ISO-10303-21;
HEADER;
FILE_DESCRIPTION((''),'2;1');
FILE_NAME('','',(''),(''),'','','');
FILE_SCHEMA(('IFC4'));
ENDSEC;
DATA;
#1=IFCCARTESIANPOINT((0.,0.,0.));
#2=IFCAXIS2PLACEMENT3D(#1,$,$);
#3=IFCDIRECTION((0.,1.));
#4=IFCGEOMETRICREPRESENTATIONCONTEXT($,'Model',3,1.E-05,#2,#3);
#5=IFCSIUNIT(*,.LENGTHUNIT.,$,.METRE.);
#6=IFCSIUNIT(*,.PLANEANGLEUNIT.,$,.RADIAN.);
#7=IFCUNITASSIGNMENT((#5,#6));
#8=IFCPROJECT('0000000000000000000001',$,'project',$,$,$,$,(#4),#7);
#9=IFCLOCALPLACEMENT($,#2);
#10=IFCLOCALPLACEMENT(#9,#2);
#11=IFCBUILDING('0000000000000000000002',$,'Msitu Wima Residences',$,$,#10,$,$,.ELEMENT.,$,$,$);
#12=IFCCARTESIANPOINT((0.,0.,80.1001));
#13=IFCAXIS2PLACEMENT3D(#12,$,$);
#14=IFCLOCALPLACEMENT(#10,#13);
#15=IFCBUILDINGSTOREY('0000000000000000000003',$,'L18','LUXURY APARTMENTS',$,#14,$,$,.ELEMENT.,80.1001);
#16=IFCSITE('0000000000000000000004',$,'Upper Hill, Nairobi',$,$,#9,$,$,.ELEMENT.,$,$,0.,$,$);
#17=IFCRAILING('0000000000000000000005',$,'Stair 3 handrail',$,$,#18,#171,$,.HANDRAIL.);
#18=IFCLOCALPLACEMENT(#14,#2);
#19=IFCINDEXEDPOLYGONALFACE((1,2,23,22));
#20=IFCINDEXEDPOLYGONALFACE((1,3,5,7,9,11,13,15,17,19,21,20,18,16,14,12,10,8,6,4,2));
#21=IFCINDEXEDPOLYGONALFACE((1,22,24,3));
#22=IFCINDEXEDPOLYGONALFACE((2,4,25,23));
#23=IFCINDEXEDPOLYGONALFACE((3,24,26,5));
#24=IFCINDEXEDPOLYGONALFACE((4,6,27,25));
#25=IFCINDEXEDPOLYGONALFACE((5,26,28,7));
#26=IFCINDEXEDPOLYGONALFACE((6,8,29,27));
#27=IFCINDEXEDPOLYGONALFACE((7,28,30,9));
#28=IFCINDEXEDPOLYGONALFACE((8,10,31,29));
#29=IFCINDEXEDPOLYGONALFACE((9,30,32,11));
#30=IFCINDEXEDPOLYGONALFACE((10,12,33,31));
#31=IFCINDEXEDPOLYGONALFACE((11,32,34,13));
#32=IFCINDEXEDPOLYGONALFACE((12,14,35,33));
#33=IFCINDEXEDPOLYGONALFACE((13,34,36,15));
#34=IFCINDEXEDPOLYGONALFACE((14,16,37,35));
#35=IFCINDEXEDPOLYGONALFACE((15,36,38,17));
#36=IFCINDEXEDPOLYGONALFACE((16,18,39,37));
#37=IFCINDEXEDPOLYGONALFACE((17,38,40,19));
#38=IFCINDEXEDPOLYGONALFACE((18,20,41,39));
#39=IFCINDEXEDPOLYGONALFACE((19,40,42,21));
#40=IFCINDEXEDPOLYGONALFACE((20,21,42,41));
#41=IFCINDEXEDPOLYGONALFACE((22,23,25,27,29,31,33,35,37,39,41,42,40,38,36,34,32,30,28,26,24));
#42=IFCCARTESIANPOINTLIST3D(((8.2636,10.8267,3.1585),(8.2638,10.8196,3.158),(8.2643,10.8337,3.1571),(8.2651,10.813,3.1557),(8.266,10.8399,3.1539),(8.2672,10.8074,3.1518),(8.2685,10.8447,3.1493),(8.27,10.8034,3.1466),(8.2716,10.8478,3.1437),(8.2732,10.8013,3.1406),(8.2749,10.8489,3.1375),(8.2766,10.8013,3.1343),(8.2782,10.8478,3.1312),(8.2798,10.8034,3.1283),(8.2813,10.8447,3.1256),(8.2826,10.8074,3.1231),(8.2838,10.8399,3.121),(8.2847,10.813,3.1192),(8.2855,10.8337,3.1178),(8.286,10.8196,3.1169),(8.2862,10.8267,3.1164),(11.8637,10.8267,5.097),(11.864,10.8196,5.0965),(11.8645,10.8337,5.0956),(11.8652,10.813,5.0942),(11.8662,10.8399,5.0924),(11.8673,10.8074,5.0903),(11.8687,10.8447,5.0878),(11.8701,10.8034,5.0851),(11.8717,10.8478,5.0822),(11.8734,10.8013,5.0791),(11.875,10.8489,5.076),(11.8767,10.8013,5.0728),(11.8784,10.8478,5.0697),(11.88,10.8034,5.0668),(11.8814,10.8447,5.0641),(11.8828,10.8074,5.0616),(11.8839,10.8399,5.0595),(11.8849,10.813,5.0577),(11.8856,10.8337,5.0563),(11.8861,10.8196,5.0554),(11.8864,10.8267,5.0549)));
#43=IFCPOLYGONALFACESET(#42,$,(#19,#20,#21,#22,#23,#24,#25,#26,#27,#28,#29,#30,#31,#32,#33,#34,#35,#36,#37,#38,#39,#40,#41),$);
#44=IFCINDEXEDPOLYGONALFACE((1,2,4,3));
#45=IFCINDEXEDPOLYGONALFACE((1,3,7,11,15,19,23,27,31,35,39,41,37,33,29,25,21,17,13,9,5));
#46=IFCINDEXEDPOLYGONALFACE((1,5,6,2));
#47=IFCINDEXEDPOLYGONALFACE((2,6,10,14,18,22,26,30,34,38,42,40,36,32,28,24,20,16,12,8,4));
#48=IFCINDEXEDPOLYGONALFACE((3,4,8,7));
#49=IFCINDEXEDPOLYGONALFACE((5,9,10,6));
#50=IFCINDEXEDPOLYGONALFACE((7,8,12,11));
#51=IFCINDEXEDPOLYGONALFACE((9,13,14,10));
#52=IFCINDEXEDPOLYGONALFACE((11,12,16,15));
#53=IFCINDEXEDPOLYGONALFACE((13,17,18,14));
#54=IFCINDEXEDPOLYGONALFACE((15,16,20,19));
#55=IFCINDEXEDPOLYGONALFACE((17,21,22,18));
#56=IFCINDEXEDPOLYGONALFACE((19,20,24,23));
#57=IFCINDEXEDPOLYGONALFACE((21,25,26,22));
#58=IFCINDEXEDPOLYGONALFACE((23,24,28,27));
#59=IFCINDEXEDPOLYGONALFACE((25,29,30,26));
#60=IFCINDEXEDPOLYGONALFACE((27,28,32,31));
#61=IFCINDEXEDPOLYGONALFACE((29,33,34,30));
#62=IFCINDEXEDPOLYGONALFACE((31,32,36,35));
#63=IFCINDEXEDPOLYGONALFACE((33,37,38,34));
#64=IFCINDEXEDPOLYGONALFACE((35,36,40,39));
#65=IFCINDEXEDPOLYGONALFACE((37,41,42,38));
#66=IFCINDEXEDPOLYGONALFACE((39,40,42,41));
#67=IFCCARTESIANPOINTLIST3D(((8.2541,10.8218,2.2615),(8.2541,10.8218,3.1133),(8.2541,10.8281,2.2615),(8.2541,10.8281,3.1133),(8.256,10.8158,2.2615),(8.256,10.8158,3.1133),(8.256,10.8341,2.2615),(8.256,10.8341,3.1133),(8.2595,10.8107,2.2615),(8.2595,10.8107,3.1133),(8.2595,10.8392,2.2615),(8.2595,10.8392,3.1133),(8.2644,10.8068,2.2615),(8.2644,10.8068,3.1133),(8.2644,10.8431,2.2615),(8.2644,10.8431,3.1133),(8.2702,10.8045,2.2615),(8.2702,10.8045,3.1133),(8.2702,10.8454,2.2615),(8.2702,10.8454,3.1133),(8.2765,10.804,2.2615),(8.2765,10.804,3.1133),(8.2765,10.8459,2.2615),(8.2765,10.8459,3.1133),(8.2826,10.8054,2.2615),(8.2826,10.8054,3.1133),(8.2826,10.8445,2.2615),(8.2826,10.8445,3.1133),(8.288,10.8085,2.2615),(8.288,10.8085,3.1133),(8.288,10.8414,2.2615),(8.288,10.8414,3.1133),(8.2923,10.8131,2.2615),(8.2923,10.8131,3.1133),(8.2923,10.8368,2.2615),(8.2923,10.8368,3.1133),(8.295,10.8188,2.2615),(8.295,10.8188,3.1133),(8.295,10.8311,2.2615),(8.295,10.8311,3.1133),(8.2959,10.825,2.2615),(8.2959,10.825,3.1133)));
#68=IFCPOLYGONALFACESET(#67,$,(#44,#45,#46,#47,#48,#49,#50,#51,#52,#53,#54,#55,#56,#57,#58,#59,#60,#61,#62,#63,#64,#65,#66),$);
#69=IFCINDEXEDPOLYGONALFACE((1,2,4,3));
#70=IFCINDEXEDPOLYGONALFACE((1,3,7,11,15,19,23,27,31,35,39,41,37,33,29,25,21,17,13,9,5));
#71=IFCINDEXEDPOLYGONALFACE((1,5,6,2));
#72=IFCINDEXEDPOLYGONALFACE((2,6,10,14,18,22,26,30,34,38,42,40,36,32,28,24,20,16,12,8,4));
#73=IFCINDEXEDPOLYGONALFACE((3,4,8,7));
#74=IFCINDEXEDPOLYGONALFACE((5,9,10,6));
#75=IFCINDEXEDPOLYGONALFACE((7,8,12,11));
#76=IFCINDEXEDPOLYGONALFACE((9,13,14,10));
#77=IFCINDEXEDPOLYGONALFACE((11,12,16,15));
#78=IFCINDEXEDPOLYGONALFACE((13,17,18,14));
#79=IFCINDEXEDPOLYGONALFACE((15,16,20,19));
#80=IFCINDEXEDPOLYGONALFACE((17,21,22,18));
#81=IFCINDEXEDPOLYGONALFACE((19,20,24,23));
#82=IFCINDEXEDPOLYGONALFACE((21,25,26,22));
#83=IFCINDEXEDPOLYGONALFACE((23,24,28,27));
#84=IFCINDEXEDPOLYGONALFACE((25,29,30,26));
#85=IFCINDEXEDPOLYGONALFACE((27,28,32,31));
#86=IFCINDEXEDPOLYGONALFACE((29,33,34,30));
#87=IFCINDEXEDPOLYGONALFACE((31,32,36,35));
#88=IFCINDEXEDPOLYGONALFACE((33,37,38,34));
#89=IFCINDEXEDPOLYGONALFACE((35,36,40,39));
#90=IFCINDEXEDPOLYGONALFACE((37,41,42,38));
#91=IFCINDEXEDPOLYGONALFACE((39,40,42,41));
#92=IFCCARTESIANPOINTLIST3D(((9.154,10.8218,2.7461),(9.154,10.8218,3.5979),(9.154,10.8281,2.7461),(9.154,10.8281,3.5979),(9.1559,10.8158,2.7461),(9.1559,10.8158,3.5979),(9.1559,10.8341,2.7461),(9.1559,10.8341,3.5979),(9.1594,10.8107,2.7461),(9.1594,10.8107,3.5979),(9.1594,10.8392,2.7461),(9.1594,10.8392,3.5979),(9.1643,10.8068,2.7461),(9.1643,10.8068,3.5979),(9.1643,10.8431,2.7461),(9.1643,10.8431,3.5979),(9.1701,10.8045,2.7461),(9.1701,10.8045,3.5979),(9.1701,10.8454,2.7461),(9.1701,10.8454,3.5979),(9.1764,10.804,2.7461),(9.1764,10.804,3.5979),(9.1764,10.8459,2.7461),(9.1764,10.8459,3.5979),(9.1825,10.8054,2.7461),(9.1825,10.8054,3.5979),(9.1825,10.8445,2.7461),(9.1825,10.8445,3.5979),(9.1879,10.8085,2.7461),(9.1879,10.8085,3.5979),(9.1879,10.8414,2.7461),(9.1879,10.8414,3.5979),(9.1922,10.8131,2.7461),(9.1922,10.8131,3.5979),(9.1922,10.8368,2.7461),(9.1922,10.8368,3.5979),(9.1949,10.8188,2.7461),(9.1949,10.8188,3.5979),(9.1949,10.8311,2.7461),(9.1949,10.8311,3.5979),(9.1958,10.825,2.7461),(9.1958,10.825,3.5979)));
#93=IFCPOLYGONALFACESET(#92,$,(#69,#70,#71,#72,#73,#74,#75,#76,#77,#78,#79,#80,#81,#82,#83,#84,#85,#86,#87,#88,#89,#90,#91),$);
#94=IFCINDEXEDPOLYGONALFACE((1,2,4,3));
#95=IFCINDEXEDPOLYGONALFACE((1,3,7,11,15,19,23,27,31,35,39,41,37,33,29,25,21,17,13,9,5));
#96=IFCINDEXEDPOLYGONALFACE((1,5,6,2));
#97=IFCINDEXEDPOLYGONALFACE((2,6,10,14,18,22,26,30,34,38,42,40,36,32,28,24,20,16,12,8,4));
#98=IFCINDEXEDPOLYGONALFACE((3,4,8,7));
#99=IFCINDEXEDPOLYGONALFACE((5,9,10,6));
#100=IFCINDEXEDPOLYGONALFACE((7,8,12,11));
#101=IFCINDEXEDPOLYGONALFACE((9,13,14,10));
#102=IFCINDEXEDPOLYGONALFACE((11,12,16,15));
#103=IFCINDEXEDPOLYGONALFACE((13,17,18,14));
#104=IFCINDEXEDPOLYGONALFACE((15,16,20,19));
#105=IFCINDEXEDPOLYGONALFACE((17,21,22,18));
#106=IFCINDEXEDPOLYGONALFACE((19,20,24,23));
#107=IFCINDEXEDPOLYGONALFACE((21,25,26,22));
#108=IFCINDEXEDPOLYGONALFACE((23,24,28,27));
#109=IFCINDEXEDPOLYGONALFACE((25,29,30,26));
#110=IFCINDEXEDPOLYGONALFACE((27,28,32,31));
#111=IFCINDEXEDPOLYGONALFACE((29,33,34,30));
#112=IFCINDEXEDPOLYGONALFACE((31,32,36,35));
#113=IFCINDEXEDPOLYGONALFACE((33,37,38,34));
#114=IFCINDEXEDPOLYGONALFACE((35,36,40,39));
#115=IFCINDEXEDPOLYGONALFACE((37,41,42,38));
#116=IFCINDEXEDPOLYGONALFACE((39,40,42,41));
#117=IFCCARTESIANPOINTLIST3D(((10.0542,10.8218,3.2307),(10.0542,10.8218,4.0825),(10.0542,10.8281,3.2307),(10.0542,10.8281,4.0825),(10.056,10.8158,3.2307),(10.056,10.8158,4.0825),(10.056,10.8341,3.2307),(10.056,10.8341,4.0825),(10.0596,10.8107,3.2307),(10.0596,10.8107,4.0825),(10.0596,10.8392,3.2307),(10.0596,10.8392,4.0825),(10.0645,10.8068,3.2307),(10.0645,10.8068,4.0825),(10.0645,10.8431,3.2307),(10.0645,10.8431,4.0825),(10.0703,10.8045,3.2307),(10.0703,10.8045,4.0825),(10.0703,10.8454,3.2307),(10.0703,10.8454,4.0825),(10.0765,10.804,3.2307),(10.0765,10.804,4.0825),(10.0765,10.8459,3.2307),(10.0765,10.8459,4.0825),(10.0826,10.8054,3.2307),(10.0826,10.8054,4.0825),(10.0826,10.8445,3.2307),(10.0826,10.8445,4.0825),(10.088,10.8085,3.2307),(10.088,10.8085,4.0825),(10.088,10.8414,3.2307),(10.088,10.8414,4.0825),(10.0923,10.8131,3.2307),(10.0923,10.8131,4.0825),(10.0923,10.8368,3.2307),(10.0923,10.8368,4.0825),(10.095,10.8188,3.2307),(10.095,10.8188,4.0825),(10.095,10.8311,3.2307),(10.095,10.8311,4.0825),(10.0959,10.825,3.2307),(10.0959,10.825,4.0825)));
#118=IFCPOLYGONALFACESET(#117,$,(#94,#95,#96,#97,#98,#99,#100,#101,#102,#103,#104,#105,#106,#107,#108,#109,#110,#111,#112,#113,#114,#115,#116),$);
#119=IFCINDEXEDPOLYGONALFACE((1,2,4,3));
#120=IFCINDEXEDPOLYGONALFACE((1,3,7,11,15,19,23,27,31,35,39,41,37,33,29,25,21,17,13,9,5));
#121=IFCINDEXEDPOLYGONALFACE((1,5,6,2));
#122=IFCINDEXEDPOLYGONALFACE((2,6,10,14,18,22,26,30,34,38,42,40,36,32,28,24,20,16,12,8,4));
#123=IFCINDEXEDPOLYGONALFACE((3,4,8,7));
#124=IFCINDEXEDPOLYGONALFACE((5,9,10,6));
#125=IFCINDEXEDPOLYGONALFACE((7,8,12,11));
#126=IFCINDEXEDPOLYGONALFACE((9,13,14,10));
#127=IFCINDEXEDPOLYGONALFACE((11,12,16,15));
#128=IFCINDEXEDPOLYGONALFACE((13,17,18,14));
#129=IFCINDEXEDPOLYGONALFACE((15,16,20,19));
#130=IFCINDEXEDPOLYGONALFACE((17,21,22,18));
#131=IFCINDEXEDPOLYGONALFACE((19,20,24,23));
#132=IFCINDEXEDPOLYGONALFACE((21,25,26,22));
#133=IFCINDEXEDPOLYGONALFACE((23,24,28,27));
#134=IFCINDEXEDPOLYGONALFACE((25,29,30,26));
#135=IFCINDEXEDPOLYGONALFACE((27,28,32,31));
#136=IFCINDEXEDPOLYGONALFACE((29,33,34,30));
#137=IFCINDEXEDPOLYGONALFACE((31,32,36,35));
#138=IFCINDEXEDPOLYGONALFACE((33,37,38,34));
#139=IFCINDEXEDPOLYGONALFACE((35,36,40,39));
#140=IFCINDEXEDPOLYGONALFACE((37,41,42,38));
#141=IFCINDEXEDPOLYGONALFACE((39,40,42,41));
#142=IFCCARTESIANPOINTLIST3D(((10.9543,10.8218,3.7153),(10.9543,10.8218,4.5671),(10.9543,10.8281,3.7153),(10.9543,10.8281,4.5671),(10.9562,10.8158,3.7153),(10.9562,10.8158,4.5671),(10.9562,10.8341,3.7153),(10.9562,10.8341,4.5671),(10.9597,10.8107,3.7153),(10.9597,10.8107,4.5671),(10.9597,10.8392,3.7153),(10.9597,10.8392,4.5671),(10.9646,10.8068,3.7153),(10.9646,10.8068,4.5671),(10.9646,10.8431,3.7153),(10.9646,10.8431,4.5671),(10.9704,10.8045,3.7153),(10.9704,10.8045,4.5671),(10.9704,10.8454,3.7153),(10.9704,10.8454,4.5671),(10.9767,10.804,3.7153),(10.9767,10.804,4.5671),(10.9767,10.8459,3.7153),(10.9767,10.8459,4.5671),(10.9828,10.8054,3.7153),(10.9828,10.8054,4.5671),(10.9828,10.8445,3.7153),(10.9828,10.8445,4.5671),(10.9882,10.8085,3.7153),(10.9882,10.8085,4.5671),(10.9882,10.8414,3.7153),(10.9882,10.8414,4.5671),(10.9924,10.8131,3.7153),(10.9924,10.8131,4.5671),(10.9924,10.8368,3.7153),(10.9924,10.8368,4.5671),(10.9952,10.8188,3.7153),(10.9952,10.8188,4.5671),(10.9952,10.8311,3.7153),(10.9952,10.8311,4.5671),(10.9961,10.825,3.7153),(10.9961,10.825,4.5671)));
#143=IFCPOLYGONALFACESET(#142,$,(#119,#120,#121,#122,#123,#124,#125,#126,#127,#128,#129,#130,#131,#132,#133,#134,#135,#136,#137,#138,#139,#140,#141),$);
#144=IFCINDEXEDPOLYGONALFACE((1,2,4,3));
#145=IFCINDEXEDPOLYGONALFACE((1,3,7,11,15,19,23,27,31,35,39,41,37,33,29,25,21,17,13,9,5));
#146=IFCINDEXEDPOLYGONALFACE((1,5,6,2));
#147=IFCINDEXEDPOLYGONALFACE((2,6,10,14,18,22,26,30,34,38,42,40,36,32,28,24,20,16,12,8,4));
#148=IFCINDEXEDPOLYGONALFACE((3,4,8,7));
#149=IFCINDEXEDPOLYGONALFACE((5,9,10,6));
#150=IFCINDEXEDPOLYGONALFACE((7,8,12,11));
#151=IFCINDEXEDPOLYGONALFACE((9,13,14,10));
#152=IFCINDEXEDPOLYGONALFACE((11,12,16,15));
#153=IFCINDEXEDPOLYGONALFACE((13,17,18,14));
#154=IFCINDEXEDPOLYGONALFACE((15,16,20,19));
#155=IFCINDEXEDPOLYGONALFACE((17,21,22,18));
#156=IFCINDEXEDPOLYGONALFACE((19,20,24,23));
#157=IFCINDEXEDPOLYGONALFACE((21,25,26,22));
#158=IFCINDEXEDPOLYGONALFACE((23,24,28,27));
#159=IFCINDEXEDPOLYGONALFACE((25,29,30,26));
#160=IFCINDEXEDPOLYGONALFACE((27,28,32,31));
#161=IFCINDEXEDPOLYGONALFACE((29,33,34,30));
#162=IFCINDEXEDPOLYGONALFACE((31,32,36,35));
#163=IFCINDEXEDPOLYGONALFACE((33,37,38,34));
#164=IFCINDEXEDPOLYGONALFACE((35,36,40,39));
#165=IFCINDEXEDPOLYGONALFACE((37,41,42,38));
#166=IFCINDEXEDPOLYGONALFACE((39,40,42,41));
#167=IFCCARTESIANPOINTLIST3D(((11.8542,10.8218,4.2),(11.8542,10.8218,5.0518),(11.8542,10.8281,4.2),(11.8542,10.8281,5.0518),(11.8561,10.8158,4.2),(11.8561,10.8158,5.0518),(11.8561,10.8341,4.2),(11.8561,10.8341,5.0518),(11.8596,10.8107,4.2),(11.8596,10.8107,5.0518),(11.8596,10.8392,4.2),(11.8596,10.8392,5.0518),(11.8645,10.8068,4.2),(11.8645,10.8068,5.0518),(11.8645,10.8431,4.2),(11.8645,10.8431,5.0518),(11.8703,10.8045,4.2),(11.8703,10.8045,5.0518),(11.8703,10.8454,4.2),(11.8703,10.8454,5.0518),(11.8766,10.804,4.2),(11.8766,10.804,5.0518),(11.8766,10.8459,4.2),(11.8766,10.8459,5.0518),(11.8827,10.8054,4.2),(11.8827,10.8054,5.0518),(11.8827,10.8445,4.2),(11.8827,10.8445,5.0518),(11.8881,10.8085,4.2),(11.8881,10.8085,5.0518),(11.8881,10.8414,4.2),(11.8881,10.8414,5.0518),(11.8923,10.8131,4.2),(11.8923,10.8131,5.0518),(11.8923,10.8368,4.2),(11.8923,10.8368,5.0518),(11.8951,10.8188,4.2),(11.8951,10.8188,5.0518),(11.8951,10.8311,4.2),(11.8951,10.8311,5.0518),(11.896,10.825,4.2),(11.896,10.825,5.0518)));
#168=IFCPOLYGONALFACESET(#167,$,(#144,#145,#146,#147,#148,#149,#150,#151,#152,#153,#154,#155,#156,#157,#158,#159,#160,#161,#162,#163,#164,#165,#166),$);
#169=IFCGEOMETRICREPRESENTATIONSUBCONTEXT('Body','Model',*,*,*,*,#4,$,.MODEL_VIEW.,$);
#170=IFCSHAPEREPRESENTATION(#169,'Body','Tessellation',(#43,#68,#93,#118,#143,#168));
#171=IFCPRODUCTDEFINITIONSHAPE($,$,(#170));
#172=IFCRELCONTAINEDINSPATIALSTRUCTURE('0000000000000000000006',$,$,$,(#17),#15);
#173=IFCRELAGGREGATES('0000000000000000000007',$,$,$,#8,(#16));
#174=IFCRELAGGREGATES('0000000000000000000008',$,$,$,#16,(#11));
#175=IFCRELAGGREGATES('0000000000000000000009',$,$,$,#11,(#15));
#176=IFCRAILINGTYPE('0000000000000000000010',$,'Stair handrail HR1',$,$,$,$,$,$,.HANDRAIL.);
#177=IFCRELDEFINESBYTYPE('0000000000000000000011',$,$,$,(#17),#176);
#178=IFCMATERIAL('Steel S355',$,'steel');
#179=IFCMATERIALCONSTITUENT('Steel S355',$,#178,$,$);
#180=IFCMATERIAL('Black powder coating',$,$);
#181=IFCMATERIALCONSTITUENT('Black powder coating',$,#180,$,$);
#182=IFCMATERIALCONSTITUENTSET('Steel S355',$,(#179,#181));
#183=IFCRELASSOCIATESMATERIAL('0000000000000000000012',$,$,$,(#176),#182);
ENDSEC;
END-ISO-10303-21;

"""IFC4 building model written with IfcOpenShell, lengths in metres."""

from ifc_helpers import new_model, si_unit, direction, frame, origin, origin_2d, place, context, subcontext, project, spatial, circle, extrude, material, constituent, constituent_set, type_object, element, save


model = new_model("IFC4")

# Units and contexts
model_context = context("Model", 3, precision=1e-05, world=origin(), true_north=direction((0.0, 1.0)))
body_context = subcontext(model_context, "Body", "Model", "MODEL_VIEW")
ifc_project = project(units=[si_unit("LENGTHUNIT", "METRE"), si_unit("PLANEANGLEUNIT", "RADIAN")], contexts=[model_context])

# Site, building, storey
site_placement = place(None, origin())
site = spatial("IfcSite", under=ifc_project, at=site_placement, Name="Upper Hill, Nairobi", CompositionType="ELEMENT", RefElevation=0.0)
building_placement = place(site_placement, origin())
building = spatial("IfcBuilding", under=site, at=building_placement, Name="Msitu Wima Residences", CompositionType="ELEMENT")
storey_placement = place(building_placement, frame((0.0, 0.0, 80.1001)))
storey = spatial("IfcBuildingStorey", under=building, at=storey_placement, Name="L18", Description="LUXURY APARTMENTS", CompositionType="ELEMENT", Elevation=80.1001)

# Railing
ifc_material_1 = material(Name="Steel S355", Category="steel")
ifc_constituent_1 = constituent(ifc_material_1, Name="Steel S355")
ifc_material_2 = material(Name="Black powder coating")
ifc_constituent_2 = constituent(ifc_material_2, Name="Black powder coating")
ifc_constituent_set = constituent_set(constituents=[ifc_constituent_1, ifc_constituent_2], Name="Steel S355")
railing_type = type_object("IfcRailingType", Name="Stair handrail HR1", PredefinedType="HANDRAIL", material=ifc_constituent_set)
for number, where, name in (
    (1, (8.2749, 10.825, 2.2615), "Stair 3 handrail"),
):
    element("IfcRailing", number, at=place(storey_placement, frame(where)), inside=storey, type_object=railing_type, Name=name, PredefinedType="HANDRAIL", context=body_context, shape_type="SweptSolid", body=[
        extrude(circle(Radius=0.0239, at=origin_2d()), frame((0.0, 0.0, 0.876), z_axis=(0.880475, 0.0, 0.474093), x_axis=(0.0, 1.0, 0.0)), (0.0, 0.0, 1.0), 4.0889),
        extrude(circle(Radius=0.021, at=origin_2d()), origin(), (0.0, 0.0, 1.0), 0.8518),
        extrude(circle(Radius=0.021, at=origin_2d()), frame((0.8999, 0.0, 0.4846)), (0.0, 0.0, 1.0), 0.8518),
        extrude(circle(Radius=0.021, at=origin_2d()), frame((1.8, 0.0, 0.9692)), (0.0, 0.0, 1.0), 0.8518),
        extrude(circle(Radius=0.021, at=origin_2d()), frame((2.7002, 0.0, 1.4539)), (0.0, 0.0, 1.0), 0.8518),
        extrude(circle(Radius=0.021, at=origin_2d()), frame((3.6001, 0.0, 1.9385)), (0.0, 0.0, 1.0), 0.8518),
    ])

save(model, "model.ifc")
